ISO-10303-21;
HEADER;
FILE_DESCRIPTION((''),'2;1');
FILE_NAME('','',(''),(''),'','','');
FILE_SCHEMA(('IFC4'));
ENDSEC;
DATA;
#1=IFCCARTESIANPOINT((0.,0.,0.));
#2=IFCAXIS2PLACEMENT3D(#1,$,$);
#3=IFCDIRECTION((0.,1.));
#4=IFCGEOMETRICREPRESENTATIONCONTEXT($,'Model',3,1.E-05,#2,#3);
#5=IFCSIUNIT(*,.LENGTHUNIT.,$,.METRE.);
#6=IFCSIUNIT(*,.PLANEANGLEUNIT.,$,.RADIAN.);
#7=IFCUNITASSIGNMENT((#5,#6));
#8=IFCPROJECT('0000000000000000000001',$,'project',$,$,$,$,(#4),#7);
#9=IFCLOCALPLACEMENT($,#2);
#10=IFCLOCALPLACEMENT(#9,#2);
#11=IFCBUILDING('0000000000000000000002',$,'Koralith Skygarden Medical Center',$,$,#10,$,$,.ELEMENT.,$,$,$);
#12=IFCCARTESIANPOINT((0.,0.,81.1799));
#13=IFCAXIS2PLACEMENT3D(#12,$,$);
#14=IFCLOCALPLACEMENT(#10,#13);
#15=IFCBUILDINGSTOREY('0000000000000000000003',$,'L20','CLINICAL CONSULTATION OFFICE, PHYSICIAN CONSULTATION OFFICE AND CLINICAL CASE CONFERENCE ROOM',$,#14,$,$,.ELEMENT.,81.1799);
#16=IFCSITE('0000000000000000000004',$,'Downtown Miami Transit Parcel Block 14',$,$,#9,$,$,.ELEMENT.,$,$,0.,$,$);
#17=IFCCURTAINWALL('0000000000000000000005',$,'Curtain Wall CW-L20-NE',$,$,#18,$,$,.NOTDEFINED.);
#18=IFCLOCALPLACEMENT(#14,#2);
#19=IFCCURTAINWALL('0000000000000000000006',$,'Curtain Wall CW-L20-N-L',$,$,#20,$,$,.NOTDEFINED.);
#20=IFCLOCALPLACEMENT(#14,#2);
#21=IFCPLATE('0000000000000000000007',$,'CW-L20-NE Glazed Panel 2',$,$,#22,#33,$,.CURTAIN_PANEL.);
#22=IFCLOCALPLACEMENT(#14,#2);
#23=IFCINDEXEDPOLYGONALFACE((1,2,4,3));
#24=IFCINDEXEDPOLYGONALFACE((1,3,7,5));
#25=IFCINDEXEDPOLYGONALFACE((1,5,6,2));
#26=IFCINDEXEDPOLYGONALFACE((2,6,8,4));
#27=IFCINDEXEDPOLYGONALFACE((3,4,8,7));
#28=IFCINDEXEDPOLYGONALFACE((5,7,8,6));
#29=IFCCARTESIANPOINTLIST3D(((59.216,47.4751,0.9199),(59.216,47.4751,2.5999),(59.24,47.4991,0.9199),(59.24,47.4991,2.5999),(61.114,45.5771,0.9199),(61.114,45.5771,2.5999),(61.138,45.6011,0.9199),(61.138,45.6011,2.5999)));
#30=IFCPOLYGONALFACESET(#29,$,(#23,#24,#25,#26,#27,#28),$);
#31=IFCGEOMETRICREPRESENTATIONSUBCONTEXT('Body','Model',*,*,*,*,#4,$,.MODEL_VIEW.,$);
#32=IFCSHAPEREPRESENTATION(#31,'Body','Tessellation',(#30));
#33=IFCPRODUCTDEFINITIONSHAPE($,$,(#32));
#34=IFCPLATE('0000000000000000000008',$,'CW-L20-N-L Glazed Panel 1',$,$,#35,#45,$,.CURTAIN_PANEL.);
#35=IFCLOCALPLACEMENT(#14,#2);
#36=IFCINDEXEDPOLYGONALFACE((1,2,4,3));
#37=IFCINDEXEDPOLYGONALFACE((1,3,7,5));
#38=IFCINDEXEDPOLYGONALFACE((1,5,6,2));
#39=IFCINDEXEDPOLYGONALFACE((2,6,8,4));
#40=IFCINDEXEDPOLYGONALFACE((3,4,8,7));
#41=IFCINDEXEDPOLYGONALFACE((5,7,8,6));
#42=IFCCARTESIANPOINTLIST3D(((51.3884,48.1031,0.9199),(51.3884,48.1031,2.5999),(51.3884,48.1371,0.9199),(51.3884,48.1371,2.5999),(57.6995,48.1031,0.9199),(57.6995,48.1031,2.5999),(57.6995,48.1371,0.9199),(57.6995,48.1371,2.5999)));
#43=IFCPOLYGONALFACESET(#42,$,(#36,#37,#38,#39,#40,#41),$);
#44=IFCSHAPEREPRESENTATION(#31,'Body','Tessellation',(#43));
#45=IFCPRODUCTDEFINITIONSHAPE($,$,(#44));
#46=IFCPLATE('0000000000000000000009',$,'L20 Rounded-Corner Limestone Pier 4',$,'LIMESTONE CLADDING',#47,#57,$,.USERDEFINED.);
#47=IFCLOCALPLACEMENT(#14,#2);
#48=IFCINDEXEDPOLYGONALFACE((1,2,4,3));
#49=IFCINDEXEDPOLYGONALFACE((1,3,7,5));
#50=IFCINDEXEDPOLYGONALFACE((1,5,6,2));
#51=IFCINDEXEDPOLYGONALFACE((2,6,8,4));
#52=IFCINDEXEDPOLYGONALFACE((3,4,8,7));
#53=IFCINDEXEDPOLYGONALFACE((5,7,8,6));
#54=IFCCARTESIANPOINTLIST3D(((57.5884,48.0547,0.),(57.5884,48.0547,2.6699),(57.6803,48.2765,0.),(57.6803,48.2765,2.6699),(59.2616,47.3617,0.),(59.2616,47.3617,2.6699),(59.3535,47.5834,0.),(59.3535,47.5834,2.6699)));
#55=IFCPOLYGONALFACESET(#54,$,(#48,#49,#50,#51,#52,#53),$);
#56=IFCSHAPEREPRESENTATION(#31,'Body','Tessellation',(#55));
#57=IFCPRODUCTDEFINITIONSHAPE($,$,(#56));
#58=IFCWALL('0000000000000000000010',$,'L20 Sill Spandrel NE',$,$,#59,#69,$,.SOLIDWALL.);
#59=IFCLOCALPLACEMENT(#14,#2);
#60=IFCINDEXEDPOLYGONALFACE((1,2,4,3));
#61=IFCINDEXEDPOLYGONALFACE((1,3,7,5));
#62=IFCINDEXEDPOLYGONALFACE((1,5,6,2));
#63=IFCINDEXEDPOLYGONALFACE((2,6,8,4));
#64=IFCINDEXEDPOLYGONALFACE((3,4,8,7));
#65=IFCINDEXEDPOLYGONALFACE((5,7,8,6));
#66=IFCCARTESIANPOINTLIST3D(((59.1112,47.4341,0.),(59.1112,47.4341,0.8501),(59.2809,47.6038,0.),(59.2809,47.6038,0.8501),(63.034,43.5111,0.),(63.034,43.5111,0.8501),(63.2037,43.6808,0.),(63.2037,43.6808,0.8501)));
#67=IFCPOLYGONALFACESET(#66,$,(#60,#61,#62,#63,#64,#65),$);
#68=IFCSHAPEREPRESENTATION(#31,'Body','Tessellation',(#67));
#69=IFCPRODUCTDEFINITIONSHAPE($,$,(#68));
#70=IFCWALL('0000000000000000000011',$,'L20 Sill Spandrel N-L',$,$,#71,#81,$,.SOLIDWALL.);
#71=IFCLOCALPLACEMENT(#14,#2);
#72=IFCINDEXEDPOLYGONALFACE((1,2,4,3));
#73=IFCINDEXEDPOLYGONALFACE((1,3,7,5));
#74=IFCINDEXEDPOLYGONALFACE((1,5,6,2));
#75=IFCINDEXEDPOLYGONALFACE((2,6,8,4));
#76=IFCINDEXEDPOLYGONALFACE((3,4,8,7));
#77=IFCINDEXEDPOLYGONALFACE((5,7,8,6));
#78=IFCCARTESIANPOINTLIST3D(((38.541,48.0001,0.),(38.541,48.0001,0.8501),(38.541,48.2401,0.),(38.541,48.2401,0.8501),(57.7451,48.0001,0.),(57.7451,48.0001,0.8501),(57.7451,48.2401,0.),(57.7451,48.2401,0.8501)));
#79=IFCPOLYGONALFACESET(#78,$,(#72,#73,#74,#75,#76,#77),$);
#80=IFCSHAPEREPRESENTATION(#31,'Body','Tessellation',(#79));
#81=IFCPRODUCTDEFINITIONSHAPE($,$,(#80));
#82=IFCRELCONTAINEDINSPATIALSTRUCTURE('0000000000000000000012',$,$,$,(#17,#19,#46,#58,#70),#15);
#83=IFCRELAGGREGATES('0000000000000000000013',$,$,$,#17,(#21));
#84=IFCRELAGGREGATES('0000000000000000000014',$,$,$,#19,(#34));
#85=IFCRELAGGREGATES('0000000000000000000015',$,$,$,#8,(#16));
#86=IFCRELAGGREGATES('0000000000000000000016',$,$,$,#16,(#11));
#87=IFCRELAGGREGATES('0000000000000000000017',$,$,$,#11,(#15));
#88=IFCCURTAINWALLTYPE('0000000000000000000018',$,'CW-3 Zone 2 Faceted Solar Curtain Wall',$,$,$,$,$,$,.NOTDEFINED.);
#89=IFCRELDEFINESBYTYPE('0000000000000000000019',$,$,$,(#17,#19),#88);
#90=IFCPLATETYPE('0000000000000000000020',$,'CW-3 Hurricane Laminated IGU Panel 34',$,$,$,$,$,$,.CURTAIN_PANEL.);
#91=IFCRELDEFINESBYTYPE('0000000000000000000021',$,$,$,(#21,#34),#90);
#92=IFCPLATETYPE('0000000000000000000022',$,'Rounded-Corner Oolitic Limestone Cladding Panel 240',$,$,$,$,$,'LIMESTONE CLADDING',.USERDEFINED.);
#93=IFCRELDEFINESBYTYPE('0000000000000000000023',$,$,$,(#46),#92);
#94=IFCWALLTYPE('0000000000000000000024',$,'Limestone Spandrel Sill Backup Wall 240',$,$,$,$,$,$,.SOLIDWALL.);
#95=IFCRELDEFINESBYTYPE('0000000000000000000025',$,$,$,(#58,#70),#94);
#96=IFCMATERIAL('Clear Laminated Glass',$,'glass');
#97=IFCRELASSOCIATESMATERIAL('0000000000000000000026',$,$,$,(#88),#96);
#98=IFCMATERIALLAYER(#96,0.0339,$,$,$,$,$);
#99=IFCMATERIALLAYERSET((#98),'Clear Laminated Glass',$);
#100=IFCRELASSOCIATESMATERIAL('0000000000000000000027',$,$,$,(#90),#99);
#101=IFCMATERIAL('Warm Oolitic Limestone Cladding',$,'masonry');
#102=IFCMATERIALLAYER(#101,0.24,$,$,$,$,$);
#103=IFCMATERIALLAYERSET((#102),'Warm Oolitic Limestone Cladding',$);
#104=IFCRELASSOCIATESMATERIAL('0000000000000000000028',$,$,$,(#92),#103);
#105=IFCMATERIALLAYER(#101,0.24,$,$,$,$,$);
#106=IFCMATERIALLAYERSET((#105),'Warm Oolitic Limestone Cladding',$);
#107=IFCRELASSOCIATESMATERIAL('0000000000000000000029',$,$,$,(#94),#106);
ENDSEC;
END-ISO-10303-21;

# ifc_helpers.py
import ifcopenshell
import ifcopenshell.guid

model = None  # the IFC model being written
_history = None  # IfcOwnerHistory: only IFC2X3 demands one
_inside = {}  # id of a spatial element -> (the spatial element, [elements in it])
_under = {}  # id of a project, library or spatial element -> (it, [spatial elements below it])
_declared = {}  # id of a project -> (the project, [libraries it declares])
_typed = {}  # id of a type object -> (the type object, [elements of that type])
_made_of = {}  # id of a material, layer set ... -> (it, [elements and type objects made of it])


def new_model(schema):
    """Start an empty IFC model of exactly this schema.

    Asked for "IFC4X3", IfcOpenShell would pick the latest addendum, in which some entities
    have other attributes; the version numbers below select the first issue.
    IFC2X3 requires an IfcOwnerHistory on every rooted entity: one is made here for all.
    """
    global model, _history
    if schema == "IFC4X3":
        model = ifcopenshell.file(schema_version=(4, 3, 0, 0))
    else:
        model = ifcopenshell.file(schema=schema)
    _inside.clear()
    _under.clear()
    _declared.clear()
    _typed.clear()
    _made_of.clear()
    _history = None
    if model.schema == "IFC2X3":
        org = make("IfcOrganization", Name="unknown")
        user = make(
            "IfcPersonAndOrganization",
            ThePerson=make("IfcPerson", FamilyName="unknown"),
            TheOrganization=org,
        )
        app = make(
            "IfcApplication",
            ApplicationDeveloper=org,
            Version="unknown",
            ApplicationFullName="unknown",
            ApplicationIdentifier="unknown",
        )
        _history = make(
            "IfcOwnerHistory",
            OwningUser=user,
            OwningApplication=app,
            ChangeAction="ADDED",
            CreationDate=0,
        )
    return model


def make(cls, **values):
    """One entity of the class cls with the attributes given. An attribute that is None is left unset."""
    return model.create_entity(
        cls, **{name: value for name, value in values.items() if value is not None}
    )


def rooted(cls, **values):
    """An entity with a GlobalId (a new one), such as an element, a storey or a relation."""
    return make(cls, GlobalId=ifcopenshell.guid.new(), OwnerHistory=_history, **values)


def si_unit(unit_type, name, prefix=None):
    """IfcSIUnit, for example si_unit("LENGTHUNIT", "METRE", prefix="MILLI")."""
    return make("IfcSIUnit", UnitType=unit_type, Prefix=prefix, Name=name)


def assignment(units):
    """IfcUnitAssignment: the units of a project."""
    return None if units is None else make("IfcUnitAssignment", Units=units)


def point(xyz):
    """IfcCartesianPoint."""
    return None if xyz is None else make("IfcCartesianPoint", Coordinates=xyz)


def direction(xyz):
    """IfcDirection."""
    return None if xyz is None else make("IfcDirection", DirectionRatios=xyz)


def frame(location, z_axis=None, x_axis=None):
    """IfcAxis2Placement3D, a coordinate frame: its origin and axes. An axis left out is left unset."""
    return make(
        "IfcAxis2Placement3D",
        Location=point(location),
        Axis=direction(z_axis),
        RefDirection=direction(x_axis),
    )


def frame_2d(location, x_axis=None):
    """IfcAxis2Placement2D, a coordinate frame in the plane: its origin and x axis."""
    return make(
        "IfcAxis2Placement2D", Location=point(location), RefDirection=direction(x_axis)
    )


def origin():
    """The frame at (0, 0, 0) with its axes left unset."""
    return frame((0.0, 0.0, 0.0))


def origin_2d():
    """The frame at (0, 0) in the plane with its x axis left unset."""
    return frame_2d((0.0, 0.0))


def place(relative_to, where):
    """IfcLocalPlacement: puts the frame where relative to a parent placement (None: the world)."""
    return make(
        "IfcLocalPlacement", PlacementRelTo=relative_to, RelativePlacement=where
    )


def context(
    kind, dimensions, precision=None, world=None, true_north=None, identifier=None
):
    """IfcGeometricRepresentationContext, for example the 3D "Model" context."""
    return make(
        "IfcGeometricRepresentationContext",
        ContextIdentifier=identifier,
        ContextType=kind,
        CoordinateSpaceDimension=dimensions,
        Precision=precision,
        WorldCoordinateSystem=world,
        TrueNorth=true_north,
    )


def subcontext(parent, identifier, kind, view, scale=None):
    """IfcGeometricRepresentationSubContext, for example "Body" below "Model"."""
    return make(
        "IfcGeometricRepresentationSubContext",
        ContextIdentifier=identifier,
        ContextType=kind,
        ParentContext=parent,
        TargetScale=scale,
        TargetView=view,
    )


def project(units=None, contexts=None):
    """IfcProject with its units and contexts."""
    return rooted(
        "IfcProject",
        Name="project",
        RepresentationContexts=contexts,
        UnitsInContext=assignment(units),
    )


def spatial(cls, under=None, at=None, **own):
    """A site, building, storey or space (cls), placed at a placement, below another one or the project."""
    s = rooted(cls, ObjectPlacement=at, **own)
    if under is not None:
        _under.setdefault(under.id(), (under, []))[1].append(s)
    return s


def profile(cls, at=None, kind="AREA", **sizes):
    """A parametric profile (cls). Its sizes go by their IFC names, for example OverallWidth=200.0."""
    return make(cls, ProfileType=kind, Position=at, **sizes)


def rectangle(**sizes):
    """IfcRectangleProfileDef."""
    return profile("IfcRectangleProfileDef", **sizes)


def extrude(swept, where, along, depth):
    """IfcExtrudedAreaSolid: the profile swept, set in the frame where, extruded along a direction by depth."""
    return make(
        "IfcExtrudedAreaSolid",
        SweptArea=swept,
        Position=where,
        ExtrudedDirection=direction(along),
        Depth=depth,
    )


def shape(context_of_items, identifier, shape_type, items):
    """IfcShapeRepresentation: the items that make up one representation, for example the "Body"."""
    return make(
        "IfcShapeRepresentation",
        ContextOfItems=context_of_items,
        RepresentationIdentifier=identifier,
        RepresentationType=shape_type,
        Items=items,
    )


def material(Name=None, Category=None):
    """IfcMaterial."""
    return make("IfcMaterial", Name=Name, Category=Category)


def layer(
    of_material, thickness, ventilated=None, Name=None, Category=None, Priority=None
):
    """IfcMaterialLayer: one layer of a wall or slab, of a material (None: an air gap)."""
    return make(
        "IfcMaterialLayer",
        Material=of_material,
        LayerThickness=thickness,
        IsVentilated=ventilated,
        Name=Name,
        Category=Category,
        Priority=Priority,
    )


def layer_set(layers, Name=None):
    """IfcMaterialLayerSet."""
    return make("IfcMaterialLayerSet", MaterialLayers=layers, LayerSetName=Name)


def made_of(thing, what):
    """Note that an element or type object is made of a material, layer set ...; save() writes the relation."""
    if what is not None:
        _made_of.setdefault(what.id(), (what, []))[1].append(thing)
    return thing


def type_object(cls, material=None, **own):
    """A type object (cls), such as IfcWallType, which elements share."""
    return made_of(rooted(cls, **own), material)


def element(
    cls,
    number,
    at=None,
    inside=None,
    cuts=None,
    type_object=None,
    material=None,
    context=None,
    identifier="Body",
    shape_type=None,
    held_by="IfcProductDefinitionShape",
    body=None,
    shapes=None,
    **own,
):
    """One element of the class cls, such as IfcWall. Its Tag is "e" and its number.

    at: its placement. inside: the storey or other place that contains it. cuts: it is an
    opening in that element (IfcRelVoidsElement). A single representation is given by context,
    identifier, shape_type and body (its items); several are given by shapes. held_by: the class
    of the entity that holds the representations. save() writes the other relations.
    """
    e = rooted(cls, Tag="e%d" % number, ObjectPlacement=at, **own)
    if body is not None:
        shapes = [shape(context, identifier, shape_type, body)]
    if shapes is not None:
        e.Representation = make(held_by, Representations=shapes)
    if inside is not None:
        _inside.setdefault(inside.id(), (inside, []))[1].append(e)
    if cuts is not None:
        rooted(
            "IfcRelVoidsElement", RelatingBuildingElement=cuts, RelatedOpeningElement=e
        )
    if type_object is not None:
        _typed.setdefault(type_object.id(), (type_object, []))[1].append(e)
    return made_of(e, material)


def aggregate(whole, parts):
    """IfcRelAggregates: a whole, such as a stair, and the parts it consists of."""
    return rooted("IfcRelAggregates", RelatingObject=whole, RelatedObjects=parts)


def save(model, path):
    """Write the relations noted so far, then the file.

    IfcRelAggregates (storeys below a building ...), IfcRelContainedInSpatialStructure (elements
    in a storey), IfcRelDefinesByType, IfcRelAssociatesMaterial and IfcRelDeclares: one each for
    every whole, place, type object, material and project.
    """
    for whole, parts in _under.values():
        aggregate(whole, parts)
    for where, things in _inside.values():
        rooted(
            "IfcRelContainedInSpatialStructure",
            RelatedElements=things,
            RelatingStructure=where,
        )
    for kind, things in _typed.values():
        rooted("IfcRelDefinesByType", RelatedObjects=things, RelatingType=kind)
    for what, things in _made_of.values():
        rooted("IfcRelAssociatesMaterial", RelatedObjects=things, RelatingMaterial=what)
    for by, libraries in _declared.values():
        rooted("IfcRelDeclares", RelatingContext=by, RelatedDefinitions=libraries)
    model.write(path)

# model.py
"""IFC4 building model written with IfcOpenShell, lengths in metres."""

from ifc_helpers import new_model, si_unit, direction, frame, frame_2d, origin, origin_2d, place, context, subcontext, project, spatial, rectangle, extrude, material, layer, layer_set, type_object, element, aggregate, save


model = new_model("IFC4")

# Units and contexts
model_context = context("Model", 3, precision=1e-05, world=origin(), true_north=direction((0.0, 1.0)))
body_context = subcontext(model_context, "Body", "Model", "MODEL_VIEW")
ifc_project = project(units=[si_unit("LENGTHUNIT", "METRE"), si_unit("PLANEANGLEUNIT", "RADIAN")], contexts=[model_context])

# Site, building, storey
site_placement = place(None, origin())
site = spatial("IfcSite", under=ifc_project, at=site_placement, Name="Downtown Miami Transit Parcel Block 14", CompositionType="ELEMENT", RefElevation=0.0)
building_placement = place(site_placement, origin())
building = spatial("IfcBuilding", under=site, at=building_placement, Name="Koralith Skygarden Medical Center", CompositionType="ELEMENT")
storey_placement = place(building_placement, frame((0.0, 0.0, 81.1799)))
storey = spatial("IfcBuildingStorey", under=building, at=storey_placement, Name="L20", Description="CLINICAL CONSULTATION OFFICE, PHYSICIAN CONSULTATION OFFICE AND CLINICAL CASE CONFERENCE ROOM", CompositionType="ELEMENT", Elevation=81.1799)

# Curtain walls
ifc_material_1 = material(Name="Clear Laminated Glass", Category="glass")
curtain_wall_type = type_object("IfcCurtainWallType", Name="CW-3 Zone 2 Faceted Solar Curtain Wall", PredefinedType="NOTDEFINED", material=ifc_material_1)
curtain_wall_1_placement = place(storey_placement, origin())
curtain_wall_1 = element("IfcCurtainWall", 1, at=curtain_wall_1_placement, inside=storey, type_object=curtain_wall_type, Name="Curtain Wall CW-L20-NE", PredefinedType="NOTDEFINED")
curtain_wall_2_placement = place(storey_placement, origin())
curtain_wall_2 = element("IfcCurtainWall", 2, at=curtain_wall_2_placement, inside=storey, type_object=curtain_wall_type, Name="Curtain Wall CW-L20-N-L", PredefinedType="NOTDEFINED")

# Plates
ifc_layer_1 = layer(ifc_material_1, 0.0339)
ifc_layer_set_1 = layer_set([ifc_layer_1], Name="Clear Laminated Glass")
plate_type_1 = type_object("IfcPlateType", Name="CW-3 Hurricane Laminated IGU Panel 34", PredefinedType="CURTAIN_PANEL", material=ifc_layer_set_1)
plate_1_placement = place(storey_placement, frame((60.177, 46.5381, 0.9199), z_axis=(0.0, 0.0, 1.0), x_axis=(-0.707107, 0.707107, 0.0)))
plate_1 = element("IfcPlate", 3, at=plate_1_placement, type_object=plate_type_1, Name="CW-L20-NE Glazed Panel 2", PredefinedType="CURTAIN_PANEL", context=body_context, shape_type="SweptSolid", body=[
    extrude(rectangle(XDim=2.6841, YDim=0.0339, at=origin_2d()), origin(), (0.0, 0.0, 1.0), 1.6799),
])
aggregate(curtain_wall_1, [plate_1])
plate_2_placement = place(storey_placement, frame((54.5439, 48.1201, 0.9199), z_axis=(0.0, 0.0, 1.0), x_axis=(-1.0, 0.0, 0.0)))
plate_2 = element("IfcPlate", 4, at=plate_2_placement, type_object=plate_type_1, Name="CW-L20-N-L Glazed Panel 1", PredefinedType="CURTAIN_PANEL", context=body_context, shape_type="SweptSolid", body=[
    extrude(rectangle(XDim=6.311, YDim=0.0339, at=origin_2d()), origin(), (0.0, 0.0, 1.0), 1.6799),
])
aggregate(curtain_wall_2, [plate_2])
ifc_material_2 = material(Name="Warm Oolitic Limestone Cladding", Category="masonry")
ifc_layer_2 = layer(ifc_material_2, 0.24)
ifc_layer_set_2 = layer_set([ifc_layer_2], Name="Warm Oolitic Limestone Cladding")
plate_type_2 = type_object("IfcPlateType", Name="Rounded-Corner Oolitic Limestone Cladding Panel 240", ElementType="LIMESTONE CLADDING", PredefinedType="USERDEFINED", material=ifc_layer_set_2)
plate_3_placement = place(storey_placement, frame((58.4709, 47.8191, 0.0), z_axis=(0.0, 0.0, 1.0), x_axis=(-0.923885, 0.382671, 0.0)))
element("IfcPlate", 5, at=plate_3_placement, inside=storey, type_object=plate_type_2, Name="L20 Rounded-Corner Limestone Pier 4", ObjectType="LIMESTONE CLADDING", PredefinedType="USERDEFINED", context=body_context, shape_type="SweptSolid", body=[
    extrude(rectangle(XDim=1.811, YDim=0.24, at=origin_2d()), origin(), (0.0, 0.0, 1.0), 2.6699),
])

# Walls
ifc_layer_3 = layer(ifc_material_2, 0.24)
ifc_layer_set_3 = layer_set([ifc_layer_3], Name="Warm Oolitic Limestone Cladding")
wall_type = type_object("IfcWallType", Name="Limestone Spandrel Sill Backup Wall 240", PredefinedType="SOLIDWALL", material=ifc_layer_set_3)
wall_1_placement = place(storey_placement, frame((63.1189, 43.5959, 0.0), z_axis=(0.0, 0.0, 1.0), x_axis=(-0.707085, 0.707129, 0.0)))
element("IfcWall", 6, at=wall_1_placement, inside=storey, type_object=wall_type, Name="L20 Sill Spandrel NE", PredefinedType="SOLIDWALL", context=body_context, shape_type="SweptSolid", body=[
    extrude(rectangle(XDim=5.5479, YDim=0.24, at=frame_2d((2.7739, 0.0))), origin(), (0.0, 0.0, 1.0), 0.8501),
])
wall_2_placement = place(storey_placement, frame((57.7451, 48.1201, 0.0), z_axis=(0.0, 0.0, 1.0), x_axis=(-1.0, 0.0, 0.0)))
element("IfcWall", 7, at=wall_2_placement, inside=storey, type_object=wall_type, Name="L20 Sill Spandrel N-L", PredefinedType="SOLIDWALL", context=body_context, shape_type="SweptSolid", body=[
    extrude(rectangle(XDim=19.2041, YDim=0.24, at=frame_2d((9.6021, 0.0))), origin(), (0.0, 0.0, 1.0), 0.8501),
])

save(model, "model.ifc")
